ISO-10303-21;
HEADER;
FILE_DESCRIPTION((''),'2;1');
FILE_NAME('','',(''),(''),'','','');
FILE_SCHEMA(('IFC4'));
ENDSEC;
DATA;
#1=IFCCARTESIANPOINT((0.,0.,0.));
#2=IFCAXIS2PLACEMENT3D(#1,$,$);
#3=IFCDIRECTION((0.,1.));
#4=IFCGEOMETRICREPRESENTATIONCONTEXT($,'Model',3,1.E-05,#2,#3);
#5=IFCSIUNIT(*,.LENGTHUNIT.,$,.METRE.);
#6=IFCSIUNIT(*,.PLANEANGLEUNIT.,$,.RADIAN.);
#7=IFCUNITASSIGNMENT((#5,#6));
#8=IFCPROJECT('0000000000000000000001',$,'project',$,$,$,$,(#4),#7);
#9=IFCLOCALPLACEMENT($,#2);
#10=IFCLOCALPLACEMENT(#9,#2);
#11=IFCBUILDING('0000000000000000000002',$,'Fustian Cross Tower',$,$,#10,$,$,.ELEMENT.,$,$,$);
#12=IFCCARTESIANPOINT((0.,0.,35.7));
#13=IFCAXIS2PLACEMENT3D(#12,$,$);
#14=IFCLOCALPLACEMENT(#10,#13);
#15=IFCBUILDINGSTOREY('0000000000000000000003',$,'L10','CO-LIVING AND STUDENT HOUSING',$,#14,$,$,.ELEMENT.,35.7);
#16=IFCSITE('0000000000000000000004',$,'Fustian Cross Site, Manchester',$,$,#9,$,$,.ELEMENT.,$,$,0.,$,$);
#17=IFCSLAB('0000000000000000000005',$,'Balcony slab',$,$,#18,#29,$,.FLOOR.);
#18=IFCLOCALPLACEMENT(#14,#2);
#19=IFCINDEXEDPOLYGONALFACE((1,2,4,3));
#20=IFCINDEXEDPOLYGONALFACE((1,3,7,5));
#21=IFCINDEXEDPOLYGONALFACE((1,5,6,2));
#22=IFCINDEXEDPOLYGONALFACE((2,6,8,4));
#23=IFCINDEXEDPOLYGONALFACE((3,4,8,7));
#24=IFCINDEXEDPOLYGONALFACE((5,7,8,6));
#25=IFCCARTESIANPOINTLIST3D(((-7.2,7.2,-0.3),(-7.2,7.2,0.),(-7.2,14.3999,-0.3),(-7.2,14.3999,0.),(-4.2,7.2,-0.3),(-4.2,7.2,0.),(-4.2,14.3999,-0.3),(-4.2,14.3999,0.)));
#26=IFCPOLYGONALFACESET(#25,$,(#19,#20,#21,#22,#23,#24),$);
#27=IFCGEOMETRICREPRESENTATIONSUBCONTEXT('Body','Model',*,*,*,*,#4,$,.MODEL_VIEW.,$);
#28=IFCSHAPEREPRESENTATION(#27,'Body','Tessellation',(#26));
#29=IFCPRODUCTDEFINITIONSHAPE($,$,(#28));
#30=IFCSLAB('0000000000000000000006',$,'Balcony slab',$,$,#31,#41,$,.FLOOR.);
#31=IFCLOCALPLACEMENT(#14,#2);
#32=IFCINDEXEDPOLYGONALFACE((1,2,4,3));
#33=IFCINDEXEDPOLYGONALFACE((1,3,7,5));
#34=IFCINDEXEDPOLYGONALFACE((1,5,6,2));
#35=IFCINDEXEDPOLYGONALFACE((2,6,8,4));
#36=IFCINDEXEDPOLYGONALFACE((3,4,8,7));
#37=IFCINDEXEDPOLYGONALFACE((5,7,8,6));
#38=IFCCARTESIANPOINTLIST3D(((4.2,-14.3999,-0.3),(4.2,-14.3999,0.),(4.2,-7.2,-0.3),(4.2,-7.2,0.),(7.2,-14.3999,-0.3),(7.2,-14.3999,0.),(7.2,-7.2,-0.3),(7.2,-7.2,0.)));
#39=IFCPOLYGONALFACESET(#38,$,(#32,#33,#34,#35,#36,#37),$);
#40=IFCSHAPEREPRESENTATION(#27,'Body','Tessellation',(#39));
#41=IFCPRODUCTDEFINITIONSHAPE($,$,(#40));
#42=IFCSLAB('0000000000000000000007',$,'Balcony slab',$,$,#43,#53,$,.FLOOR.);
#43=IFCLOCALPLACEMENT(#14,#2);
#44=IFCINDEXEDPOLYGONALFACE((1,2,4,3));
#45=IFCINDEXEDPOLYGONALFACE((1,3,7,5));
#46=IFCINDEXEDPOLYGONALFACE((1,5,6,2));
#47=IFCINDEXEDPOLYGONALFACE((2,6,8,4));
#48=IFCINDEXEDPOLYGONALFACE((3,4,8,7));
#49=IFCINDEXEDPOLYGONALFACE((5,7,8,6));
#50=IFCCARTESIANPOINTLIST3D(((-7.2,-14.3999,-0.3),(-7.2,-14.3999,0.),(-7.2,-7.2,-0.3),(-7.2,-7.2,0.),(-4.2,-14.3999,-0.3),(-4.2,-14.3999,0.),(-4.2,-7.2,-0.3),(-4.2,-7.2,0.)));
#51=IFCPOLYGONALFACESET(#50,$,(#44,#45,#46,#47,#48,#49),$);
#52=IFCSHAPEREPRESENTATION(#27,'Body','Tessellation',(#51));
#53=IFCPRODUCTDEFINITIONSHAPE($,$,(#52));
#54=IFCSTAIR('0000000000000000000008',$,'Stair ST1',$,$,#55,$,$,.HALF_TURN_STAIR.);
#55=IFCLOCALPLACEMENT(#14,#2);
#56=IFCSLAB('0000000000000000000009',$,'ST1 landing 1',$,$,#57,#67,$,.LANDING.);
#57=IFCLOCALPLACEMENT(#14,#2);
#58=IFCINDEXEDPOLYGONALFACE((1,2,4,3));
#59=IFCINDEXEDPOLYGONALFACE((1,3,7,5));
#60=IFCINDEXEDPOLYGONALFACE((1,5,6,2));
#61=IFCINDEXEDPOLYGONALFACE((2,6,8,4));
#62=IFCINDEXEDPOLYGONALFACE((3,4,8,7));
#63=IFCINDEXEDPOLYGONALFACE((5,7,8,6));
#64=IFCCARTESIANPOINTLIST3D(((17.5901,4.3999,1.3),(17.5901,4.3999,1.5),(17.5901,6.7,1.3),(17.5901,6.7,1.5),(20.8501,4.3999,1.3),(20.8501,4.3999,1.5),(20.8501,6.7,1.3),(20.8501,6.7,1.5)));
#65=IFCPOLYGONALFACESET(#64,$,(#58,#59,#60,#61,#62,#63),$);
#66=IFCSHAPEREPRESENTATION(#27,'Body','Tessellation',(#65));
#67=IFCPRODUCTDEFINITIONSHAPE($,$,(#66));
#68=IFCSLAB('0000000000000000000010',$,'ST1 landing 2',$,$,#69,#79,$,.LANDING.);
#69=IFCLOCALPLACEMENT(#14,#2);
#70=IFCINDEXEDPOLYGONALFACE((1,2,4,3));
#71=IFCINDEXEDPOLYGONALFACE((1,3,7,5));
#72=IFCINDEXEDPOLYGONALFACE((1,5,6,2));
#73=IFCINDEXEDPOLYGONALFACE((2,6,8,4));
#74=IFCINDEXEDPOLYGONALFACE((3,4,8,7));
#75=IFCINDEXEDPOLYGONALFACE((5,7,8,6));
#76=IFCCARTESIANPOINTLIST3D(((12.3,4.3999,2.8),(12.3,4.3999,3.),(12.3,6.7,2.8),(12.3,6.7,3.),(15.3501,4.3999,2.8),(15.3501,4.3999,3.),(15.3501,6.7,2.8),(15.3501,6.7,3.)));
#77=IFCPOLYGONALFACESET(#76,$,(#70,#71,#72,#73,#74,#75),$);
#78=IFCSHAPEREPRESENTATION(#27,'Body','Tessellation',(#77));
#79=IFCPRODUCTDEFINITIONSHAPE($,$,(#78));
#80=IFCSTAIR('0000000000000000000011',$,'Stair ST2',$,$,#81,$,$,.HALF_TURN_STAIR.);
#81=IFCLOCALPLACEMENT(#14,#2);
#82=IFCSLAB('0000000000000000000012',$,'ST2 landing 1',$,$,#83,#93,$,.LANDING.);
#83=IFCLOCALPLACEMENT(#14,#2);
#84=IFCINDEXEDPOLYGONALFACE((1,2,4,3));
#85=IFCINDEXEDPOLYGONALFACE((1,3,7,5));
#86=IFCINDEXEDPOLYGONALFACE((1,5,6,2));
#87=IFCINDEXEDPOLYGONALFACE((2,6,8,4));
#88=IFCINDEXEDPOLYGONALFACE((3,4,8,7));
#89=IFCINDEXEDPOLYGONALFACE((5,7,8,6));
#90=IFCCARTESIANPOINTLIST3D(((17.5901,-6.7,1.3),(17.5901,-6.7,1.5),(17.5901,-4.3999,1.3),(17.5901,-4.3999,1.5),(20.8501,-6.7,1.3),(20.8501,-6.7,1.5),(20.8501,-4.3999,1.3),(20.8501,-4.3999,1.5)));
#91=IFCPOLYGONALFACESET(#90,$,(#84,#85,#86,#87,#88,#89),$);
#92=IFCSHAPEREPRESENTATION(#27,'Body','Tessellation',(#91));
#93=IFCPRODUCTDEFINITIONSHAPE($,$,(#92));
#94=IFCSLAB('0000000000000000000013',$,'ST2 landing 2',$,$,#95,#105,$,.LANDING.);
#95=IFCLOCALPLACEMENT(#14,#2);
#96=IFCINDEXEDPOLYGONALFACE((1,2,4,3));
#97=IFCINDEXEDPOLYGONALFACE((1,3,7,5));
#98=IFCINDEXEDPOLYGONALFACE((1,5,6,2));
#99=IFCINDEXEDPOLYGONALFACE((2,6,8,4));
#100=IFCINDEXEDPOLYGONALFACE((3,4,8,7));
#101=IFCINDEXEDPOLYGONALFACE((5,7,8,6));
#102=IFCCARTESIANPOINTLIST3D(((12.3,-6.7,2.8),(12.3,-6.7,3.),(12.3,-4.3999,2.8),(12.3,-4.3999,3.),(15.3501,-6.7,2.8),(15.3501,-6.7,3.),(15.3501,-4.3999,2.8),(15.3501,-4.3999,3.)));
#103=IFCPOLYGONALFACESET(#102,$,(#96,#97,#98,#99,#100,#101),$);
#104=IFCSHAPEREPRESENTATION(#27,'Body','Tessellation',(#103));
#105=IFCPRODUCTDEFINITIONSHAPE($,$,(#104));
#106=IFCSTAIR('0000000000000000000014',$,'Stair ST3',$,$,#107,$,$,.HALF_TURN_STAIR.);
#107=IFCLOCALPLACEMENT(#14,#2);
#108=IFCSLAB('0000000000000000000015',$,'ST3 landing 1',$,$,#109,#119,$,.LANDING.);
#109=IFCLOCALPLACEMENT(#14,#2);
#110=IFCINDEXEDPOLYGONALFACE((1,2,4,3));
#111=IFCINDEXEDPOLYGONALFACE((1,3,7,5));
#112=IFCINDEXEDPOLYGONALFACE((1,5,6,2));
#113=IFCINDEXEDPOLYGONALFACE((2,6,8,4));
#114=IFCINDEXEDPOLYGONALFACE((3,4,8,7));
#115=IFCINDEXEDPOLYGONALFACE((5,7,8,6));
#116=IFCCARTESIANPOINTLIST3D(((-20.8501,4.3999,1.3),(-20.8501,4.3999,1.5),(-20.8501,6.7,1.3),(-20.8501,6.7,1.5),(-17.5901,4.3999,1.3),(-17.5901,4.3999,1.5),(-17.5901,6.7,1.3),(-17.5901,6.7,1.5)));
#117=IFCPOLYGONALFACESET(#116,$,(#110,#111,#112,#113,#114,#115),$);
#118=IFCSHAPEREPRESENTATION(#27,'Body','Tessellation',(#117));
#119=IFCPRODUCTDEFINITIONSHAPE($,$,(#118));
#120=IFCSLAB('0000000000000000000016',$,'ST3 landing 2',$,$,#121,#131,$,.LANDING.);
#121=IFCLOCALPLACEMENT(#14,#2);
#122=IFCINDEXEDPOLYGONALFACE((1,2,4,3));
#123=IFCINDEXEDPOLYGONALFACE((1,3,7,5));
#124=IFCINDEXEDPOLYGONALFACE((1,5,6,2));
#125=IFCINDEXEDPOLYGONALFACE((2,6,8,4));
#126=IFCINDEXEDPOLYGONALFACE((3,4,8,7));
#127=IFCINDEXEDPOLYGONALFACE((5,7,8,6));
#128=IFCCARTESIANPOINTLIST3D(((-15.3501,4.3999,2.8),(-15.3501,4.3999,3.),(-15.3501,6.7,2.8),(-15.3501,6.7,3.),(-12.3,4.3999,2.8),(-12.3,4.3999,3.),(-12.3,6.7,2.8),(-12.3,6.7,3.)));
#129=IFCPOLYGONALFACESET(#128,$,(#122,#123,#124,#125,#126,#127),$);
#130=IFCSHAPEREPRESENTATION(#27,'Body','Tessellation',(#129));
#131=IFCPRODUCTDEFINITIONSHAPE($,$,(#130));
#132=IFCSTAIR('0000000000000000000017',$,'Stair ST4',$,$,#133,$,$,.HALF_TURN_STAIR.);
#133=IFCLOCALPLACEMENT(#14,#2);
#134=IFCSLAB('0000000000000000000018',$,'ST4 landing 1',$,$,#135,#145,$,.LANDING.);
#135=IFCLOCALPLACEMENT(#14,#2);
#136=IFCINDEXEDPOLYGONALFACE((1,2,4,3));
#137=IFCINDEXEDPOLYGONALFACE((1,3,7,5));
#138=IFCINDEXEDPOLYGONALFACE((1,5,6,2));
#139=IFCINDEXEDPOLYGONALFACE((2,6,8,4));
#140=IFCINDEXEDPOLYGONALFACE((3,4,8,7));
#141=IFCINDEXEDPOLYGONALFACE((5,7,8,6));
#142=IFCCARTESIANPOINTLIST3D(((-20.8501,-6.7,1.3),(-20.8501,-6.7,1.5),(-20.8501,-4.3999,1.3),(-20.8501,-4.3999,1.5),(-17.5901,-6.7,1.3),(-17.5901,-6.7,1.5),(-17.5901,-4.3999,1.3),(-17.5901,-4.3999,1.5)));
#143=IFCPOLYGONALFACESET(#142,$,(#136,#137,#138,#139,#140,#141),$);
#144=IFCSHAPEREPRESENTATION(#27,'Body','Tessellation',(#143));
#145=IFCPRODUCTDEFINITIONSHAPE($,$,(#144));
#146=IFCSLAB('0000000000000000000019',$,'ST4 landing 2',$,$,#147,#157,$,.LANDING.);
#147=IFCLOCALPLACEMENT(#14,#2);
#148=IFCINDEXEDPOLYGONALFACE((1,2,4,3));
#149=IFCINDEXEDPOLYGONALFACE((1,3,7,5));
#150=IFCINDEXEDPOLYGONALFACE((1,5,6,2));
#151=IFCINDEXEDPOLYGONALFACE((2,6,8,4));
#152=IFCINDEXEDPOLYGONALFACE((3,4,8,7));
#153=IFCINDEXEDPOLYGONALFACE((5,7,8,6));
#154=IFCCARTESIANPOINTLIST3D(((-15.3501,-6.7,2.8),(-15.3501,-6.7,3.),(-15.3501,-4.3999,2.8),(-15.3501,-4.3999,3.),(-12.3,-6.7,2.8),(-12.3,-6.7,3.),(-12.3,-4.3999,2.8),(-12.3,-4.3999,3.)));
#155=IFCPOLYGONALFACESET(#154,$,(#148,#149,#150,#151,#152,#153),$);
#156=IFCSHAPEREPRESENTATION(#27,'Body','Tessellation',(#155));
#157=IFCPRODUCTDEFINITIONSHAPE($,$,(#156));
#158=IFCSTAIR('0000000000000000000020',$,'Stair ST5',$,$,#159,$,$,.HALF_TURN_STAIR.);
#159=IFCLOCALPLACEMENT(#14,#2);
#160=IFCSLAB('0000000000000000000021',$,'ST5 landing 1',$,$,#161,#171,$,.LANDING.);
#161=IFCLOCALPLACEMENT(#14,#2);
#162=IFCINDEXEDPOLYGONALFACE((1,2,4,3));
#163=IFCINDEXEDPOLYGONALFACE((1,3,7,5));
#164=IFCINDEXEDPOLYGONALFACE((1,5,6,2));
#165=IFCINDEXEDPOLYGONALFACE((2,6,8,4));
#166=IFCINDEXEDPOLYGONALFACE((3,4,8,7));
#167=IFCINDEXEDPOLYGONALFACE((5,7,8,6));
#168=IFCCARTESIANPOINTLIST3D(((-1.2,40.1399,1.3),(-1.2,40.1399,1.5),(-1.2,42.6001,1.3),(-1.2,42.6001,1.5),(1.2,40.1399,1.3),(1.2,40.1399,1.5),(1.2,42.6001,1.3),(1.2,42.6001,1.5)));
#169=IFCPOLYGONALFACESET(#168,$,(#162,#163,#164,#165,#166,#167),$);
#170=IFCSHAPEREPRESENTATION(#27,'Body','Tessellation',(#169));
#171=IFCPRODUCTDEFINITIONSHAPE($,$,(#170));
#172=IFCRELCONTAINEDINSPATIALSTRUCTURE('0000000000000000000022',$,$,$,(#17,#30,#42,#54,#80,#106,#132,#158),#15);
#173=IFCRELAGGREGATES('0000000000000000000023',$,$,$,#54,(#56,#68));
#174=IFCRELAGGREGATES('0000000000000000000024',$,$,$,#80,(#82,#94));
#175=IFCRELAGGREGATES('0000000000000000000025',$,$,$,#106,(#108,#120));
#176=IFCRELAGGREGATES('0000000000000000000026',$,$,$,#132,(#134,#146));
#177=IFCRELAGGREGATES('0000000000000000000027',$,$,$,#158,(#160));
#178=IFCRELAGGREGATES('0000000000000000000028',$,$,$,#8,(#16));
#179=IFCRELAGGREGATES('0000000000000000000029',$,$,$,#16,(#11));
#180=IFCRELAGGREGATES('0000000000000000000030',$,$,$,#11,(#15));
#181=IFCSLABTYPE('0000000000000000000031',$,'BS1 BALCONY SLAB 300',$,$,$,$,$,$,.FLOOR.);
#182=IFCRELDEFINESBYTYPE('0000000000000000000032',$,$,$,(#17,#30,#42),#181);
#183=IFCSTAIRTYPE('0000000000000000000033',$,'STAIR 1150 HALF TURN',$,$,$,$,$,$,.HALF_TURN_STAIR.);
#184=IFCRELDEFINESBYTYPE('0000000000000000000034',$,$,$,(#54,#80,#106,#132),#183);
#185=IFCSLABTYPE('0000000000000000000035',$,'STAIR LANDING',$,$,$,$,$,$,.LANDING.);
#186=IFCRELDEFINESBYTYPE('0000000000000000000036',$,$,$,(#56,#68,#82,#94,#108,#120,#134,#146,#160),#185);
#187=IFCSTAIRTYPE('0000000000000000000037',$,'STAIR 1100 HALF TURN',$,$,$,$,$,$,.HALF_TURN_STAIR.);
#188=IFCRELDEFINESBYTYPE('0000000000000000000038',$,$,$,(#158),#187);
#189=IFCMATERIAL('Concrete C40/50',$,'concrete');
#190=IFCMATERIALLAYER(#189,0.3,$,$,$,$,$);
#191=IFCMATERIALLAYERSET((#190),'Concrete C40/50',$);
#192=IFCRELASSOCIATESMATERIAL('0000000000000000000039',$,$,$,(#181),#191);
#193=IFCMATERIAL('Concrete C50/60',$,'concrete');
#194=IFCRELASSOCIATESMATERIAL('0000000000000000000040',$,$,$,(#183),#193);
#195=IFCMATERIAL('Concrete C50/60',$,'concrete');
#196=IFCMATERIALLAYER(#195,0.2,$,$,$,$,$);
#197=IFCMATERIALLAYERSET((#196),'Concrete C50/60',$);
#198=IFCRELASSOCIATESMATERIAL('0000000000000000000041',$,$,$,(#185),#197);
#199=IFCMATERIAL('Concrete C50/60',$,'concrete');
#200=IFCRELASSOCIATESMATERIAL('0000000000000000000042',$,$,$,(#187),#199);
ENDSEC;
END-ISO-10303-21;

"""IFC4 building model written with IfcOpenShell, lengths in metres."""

from ifc_helpers import new_model, si_unit, direction, frame, origin, place, context, subcontext, project, spatial, polyline, outline, extrude, material, layer, layer_set, type_object, element, aggregate, save


model = new_model("IFC4")

# Units and contexts
model_context = context("Model", 3, precision=1e-05, world=origin(), true_north=direction((0.0, 1.0)))
body_context = subcontext(model_context, "Body", "Model", "MODEL_VIEW")
ifc_project = project(units=[si_unit("LENGTHUNIT", "METRE"), si_unit("PLANEANGLEUNIT", "RADIAN")], contexts=[model_context])

# Site, building, storey
site_placement = place(None, origin())
site = spatial("IfcSite", under=ifc_project, at=site_placement, Name="Fustian Cross Site, Manchester", CompositionType="ELEMENT", RefElevation=0.0)
building_placement = place(site_placement, origin())
building = spatial("IfcBuilding", under=site, at=building_placement, Name="Fustian Cross Tower", CompositionType="ELEMENT")
storey_placement = place(building_placement, frame((0.0, 0.0, 35.7)))
storey = spatial("IfcBuildingStorey", under=building, at=storey_placement, Name="L10", Description="CO-LIVING AND STUDENT HOUSING", CompositionType="ELEMENT", Elevation=35.7)

# Slabs
ifc_material_1 = material(Name="Concrete C40/50", Category="concrete")
ifc_layer_1 = layer(ifc_material_1, 0.3)
ifc_layer_set_1 = layer_set([ifc_layer_1], Name="Concrete C40/50")
slab_type_1 = type_object("IfcSlabType", Name="BS1 BALCONY SLAB 300", PredefinedType="FLOOR", material=ifc_layer_set_1)
slab_1_placement = place(storey_placement, frame((0.0, 0.0, -0.3)))
element("IfcSlab", 1, at=slab_1_placement, inside=storey, type_object=slab_type_1, Name="Balcony slab", PredefinedType="FLOOR", context=body_context, shape_type="SweptSolid", body=[
    extrude(outline(polyline([(-7.2, 7.2), (-4.2, 7.2), (-4.2, 14.3999), (-7.2, 14.3999), (-7.2, 7.2)])), origin(), (0.0, 0.0, 1.0), 0.3),
])
slab_2_placement = place(storey_placement, frame((0.0, 0.0, -0.3)))
element("IfcSlab", 2, at=slab_2_placement, inside=storey, type_object=slab_type_1, Name="Balcony slab", PredefinedType="FLOOR", context=body_context, shape_type="SweptSolid", body=[
    extrude(outline(polyline([(4.2, -14.3999), (7.2, -14.3999), (7.2, -7.2), (4.2, -7.2), (4.2, -14.3999)])), origin(), (0.0, 0.0, 1.0), 0.3),
])
slab_3_placement = place(storey_placement, frame((0.0, 0.0, -0.3)))
element("IfcSlab", 3, at=slab_3_placement, inside=storey, type_object=slab_type_1, Name="Balcony slab", PredefinedType="FLOOR", context=body_context, shape_type="SweptSolid", body=[
    extrude(outline(polyline([(-7.2, -14.3999), (-4.2, -14.3999), (-4.2, -7.2), (-7.2, -7.2), (-7.2, -14.3999)])), origin(), (0.0, 0.0, 1.0), 0.3),
])

# Stairs, slabs
ifc_material_2 = material(Name="Concrete C50/60", Category="concrete")
stair_type_1 = type_object("IfcStairType", Name="STAIR 1150 HALF TURN", PredefinedType="HALF_TURN_STAIR", material=ifc_material_2)
stair_1_placement = place(storey_placement, origin())
stair_1 = element("IfcStair", 4, at=stair_1_placement, inside=storey, type_object=stair_type_1, Name="Stair ST1", PredefinedType="HALF_TURN_STAIR")
ifc_material_3 = material(Name="Concrete C50/60", Category="concrete")
ifc_layer_2 = layer(ifc_material_3, 0.2)
ifc_layer_set_2 = layer_set([ifc_layer_2], Name="Concrete C50/60")
slab_type_2 = type_object("IfcSlabType", Name="STAIR LANDING", PredefinedType="LANDING", material=ifc_layer_set_2)
slab_4_placement = place(storey_placement, frame((0.0, 0.0, 1.3)))
slab_4 = element("IfcSlab", 5, at=slab_4_placement, type_object=slab_type_2, Name="ST1 landing 1", PredefinedType="LANDING", context=body_context, shape_type="SweptSolid", body=[
    extrude(outline(polyline([(17.5901, 4.3999), (20.8501, 4.3999), (20.8501, 6.7), (17.5901, 6.7), (17.5901, 4.3999)])), origin(), (0.0, 0.0, 1.0), 0.2),
])
slab_5_placement = place(storey_placement, frame((0.0, 0.0, 2.8)))
slab_5 = element("IfcSlab", 6, at=slab_5_placement, type_object=slab_type_2, Name="ST1 landing 2", PredefinedType="LANDING", context=body_context, shape_type="SweptSolid", body=[
    extrude(outline(polyline([(12.3, 4.3999), (15.3501, 4.3999), (15.3501, 6.7), (12.3, 6.7), (12.3, 4.3999)])), origin(), (0.0, 0.0, 1.0), 0.2),
])
aggregate(stair_1, [slab_4, slab_5])
stair_2_placement = place(storey_placement, origin())
stair_2 = element("IfcStair", 7, at=stair_2_placement, inside=storey, type_object=stair_type_1, Name="Stair ST2", PredefinedType="HALF_TURN_STAIR")
slab_6_placement = place(storey_placement, frame((0.0, 0.0, 1.3)))
slab_6 = element("IfcSlab", 8, at=slab_6_placement, type_object=slab_type_2, Name="ST2 landing 1", PredefinedType="LANDING", context=body_context, shape_type="SweptSolid", body=[
    extrude(outline(polyline([(17.5901, -4.3999), (20.8501, -4.3999), (20.8501, -6.7), (17.5901, -6.7), (17.5901, -4.3999)])), origin(), (0.0, 0.0, 1.0), 0.2),
])
slab_7_placement = place(storey_placement, frame((0.0, 0.0, 2.8)))
slab_7 = element("IfcSlab", 9, at=slab_7_placement, type_object=slab_type_2, Name="ST2 landing 2", PredefinedType="LANDING", context=body_context, shape_type="SweptSolid", body=[
    extrude(outline(polyline([(12.3, -4.3999), (15.3501, -4.3999), (15.3501, -6.7), (12.3, -6.7), (12.3, -4.3999)])), origin(), (0.0, 0.0, 1.0), 0.2),
])
aggregate(stair_2, [slab_6, slab_7])
stair_3_placement = place(storey_placement, origin())
stair_3 = element("IfcStair", 10, at=stair_3_placement, inside=storey, type_object=stair_type_1, Name="Stair ST3", PredefinedType="HALF_TURN_STAIR")
slab_8_placement = place(storey_placement, frame((0.0, 0.0, 1.3)))
slab_8 = element("IfcSlab", 11, at=slab_8_placement, type_object=slab_type_2, Name="ST3 landing 1", PredefinedType="LANDING", context=body_context, shape_type="SweptSolid", body=[
    extrude(outline(polyline([(-17.5901, 4.3999), (-20.8501, 4.3999), (-20.8501, 6.7), (-17.5901, 6.7), (-17.5901, 4.3999)])), origin(), (0.0, 0.0, 1.0), 0.2),
])
slab_9_placement = place(storey_placement, frame((0.0, 0.0, 2.8)))
slab_9 = element("IfcSlab", 12, at=slab_9_placement, type_object=slab_type_2, Name="ST3 landing 2", PredefinedType="LANDING", context=body_context, shape_type="SweptSolid", body=[
    extrude(outline(polyline([(-12.3, 4.3999), (-15.3501, 4.3999), (-15.3501, 6.7), (-12.3, 6.7), (-12.3, 4.3999)])), origin(), (0.0, 0.0, 1.0), 0.2),
])
aggregate(stair_3, [slab_8, slab_9])
stair_4_placement = place(storey_placement, origin())
stair_4 = element("IfcStair", 13, at=stair_4_placement, inside=storey, type_object=stair_type_1, Name="Stair ST4", PredefinedType="HALF_TURN_STAIR")
slab_10_placement = place(storey_placement, frame((0.0, 0.0, 1.3)))
slab_10 = element("IfcSlab", 14, at=slab_10_placement, type_object=slab_type_2, Name="ST4 landing 1", PredefinedType="LANDING", context=body_context, shape_type="SweptSolid", body=[
    extrude(outline(polyline([(-17.5901, -4.3999), (-20.8501, -4.3999), (-20.8501, -6.7), (-17.5901, -6.7), (-17.5901, -4.3999)])), origin(), (0.0, 0.0, 1.0), 0.2),
])
slab_11_placement = place(storey_placement, frame((0.0, 0.0, 2.8)))
slab_11 = element("IfcSlab", 15, at=slab_11_placement, type_object=slab_type_2, Name="ST4 landing 2", PredefinedType="LANDING", context=body_context, shape_type="SweptSolid", body=[
    extrude(outline(polyline([(-12.3, -4.3999), (-15.3501, -4.3999), (-15.3501, -6.7), (-12.3, -6.7), (-12.3, -4.3999)])), origin(), (0.0, 0.0, 1.0), 0.2),
])
aggregate(stair_4, [slab_10, slab_11])

# Stair, slab
ifc_material_4 = material(Name="Concrete C50/60", Category="concrete")
stair_type_2 = type_object("IfcStairType", Name="STAIR 1100 HALF TURN", PredefinedType="HALF_TURN_STAIR", material=ifc_material_4)
stair_5_placement = place(storey_placement, origin())
stair_5 = element("IfcStair", 16, at=stair_5_placement, inside=storey, type_object=stair_type_2, Name="Stair ST5", PredefinedType="HALF_TURN_STAIR")
slab_12_placement = place(storey_placement, frame((0.0, 0.0, 1.3)))
slab_12 = element("IfcSlab", 17, at=slab_12_placement, type_object=slab_type_2, Name="ST5 landing 1", PredefinedType="LANDING", context=body_context, shape_type="SweptSolid", body=[
    extrude(outline(polyline([(-1.2, 40.1399), (-1.2, 42.6001), (1.2, 42.6001), (1.2, 40.1399), (-1.2, 40.1399)])), origin(), (0.0, 0.0, 1.0), 0.2),
])
aggregate(stair_5, [slab_12])

save(model, "model.ifc")
